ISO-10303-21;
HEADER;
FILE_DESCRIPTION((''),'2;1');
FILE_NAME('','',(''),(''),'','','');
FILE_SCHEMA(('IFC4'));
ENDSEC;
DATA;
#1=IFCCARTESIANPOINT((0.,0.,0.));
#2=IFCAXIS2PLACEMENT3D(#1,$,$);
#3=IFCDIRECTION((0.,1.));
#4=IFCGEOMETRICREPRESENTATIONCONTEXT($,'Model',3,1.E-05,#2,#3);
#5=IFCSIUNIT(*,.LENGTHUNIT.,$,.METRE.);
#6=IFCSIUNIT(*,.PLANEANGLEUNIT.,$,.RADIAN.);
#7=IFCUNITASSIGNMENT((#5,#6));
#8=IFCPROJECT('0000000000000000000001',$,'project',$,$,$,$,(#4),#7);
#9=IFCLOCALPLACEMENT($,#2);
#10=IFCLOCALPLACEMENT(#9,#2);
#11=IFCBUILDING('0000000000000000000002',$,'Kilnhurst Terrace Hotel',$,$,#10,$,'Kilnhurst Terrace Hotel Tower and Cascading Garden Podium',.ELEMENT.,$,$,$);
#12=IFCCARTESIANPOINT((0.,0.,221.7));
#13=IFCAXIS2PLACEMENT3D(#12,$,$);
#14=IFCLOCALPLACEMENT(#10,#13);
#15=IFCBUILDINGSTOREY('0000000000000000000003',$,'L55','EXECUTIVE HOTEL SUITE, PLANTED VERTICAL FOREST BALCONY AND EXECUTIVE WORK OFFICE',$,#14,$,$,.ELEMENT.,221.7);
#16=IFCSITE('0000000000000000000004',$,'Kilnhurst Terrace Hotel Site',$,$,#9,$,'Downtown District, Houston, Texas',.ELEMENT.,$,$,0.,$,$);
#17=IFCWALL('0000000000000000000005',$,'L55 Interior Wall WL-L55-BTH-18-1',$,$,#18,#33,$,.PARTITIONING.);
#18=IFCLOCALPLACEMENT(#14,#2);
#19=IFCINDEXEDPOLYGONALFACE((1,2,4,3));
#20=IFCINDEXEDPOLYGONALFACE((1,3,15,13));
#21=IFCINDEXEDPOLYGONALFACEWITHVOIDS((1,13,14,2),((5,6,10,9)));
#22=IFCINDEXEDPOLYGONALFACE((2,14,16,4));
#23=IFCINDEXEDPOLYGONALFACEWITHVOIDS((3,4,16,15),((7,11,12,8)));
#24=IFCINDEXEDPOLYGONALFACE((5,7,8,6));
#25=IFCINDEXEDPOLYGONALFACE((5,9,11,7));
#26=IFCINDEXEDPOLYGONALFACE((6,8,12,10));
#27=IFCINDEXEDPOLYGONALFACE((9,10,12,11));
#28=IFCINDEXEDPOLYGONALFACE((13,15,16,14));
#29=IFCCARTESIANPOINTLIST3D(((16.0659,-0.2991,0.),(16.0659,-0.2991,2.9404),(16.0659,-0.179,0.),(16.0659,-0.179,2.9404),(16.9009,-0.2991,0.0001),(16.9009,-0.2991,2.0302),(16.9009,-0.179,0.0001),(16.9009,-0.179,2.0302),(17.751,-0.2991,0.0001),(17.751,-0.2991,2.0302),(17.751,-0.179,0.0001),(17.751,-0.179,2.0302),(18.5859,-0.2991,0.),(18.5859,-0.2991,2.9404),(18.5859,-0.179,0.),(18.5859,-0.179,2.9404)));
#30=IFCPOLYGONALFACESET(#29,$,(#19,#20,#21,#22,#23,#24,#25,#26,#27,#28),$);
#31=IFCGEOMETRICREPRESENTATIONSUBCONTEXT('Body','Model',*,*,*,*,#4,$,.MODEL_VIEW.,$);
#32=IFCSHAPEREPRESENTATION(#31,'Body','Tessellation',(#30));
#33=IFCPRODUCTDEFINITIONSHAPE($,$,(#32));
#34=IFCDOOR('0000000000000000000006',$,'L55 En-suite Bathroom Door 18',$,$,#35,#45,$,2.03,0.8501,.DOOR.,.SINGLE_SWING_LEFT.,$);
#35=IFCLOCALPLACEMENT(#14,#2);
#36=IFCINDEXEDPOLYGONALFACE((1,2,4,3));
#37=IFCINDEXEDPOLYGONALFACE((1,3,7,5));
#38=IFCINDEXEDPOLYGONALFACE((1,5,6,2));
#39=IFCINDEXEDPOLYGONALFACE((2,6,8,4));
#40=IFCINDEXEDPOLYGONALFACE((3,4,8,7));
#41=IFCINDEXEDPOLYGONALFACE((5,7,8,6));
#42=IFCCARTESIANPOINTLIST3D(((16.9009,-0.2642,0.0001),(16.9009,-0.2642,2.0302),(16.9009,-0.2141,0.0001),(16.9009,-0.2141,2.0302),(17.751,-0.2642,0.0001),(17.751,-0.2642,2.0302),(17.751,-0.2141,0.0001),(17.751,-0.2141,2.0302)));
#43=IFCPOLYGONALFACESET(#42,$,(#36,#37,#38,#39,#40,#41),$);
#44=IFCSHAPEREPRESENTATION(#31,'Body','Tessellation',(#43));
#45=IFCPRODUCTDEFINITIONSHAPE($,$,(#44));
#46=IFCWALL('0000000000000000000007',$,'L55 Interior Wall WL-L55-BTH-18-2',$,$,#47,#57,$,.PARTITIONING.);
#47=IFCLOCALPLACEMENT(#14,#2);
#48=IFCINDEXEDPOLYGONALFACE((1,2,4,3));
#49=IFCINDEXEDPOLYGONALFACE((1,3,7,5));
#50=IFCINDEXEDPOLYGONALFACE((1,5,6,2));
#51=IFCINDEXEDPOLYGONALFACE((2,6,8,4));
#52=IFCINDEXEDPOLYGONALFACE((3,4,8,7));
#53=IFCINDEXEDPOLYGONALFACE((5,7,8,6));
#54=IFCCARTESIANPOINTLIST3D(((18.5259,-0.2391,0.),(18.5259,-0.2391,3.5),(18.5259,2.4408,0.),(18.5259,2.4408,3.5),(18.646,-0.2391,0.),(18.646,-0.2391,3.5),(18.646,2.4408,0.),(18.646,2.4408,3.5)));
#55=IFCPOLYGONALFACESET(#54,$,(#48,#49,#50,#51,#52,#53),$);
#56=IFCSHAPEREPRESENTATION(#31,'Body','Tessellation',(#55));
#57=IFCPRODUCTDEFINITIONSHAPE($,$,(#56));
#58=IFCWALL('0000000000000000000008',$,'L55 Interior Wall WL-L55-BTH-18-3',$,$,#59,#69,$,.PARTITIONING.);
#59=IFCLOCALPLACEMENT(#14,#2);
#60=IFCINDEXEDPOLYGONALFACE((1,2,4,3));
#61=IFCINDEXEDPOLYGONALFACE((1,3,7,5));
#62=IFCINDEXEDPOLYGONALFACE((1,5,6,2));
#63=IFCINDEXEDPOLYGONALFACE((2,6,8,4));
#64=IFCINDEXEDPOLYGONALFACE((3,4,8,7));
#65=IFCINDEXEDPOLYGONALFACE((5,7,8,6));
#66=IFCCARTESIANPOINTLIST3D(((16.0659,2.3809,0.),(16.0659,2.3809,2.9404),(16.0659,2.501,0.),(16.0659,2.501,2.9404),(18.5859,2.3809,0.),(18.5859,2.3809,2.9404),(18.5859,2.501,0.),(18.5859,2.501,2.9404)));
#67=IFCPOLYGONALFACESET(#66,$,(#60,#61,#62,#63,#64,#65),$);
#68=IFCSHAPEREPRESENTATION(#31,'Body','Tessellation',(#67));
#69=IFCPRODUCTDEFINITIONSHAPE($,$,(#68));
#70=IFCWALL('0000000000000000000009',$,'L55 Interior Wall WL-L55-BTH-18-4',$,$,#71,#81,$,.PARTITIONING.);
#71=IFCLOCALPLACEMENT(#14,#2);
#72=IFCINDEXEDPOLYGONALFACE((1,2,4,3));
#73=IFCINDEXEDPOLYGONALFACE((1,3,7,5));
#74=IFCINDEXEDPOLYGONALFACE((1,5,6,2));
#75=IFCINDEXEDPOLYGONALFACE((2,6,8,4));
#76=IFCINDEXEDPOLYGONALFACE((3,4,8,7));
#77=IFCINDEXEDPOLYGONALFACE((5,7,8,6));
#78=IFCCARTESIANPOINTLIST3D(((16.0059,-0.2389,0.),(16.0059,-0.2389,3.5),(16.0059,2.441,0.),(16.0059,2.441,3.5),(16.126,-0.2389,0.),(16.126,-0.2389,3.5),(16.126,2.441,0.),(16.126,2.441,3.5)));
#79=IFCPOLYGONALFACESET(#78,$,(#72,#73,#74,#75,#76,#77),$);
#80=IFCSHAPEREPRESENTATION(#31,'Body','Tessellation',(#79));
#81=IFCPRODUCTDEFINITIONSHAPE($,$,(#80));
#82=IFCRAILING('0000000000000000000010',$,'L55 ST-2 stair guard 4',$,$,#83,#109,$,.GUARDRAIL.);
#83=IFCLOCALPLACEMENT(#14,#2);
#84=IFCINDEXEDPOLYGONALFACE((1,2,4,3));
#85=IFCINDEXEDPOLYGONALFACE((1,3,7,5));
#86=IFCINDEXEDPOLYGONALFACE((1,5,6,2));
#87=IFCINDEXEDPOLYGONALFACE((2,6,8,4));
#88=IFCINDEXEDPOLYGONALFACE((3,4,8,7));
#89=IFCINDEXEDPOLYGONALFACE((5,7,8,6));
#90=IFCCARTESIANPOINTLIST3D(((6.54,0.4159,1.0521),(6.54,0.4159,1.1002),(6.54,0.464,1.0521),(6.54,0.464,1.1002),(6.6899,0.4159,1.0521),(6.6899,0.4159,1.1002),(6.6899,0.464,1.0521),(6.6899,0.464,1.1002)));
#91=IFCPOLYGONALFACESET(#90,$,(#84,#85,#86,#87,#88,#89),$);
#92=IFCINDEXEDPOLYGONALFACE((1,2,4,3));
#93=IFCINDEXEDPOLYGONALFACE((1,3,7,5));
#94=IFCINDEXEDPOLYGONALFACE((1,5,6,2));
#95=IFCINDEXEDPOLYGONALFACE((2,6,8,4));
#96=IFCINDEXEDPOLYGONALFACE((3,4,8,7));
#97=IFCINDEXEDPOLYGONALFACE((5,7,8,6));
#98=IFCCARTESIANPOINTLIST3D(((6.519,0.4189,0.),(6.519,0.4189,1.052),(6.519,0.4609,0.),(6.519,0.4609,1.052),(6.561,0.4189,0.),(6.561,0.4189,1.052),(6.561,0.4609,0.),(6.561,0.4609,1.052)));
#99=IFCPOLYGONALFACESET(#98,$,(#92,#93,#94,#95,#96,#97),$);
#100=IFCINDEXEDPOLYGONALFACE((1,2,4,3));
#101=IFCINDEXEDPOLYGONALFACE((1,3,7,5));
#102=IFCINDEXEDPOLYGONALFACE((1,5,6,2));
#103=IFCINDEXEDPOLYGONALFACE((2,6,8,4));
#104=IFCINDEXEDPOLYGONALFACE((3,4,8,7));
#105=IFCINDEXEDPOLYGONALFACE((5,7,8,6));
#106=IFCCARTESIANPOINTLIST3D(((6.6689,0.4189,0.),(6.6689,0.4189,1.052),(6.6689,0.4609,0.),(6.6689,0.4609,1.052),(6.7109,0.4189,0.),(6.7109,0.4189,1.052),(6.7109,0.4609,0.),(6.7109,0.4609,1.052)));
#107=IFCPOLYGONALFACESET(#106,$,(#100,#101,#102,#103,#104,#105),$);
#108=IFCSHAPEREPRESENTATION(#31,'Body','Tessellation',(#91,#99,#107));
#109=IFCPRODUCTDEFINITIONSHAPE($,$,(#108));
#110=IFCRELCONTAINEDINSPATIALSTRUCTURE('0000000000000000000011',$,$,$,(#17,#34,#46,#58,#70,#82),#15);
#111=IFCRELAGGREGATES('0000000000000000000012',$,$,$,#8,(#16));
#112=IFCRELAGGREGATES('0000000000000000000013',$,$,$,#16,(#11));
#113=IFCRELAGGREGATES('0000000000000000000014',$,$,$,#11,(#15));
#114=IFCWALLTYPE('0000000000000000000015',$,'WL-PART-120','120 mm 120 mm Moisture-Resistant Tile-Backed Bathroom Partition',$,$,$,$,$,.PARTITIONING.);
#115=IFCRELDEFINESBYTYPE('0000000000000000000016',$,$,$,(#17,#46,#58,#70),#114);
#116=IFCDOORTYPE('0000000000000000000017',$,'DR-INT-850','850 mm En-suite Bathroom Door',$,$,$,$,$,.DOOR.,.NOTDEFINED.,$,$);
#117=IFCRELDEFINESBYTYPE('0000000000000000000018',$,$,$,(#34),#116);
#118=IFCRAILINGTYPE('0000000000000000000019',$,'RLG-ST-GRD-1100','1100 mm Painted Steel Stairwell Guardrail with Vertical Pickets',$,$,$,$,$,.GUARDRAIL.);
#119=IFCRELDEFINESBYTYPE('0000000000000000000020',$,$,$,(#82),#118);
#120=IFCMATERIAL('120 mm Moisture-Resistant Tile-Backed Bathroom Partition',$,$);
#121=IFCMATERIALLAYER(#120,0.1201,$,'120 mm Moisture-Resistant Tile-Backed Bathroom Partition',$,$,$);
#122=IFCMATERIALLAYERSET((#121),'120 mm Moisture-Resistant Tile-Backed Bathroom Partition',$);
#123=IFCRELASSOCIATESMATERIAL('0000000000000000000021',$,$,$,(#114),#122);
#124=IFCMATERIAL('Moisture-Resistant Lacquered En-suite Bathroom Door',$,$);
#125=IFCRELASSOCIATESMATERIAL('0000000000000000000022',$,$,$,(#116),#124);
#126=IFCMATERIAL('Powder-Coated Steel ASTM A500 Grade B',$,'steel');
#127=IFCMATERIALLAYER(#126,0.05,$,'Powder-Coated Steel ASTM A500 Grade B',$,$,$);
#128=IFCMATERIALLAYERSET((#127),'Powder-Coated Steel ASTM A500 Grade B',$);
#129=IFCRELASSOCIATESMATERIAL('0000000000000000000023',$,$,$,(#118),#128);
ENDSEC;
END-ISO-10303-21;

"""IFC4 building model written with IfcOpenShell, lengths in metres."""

from ifc_helpers import new_model, si_unit, direction, frame, frame_2d, origin, origin_2d, place, context, subcontext, project, spatial, rectangle, extrude, material, layer, layer_set, type_object, element, fill, save


model = new_model("IFC4")

# Units and contexts
model_context = context("Model", 3, precision=1e-05, world=origin(), true_north=direction((0.0, 1.0)))
body_context = subcontext(model_context, "Body", "Model", "MODEL_VIEW")
ifc_project = project(units=[si_unit("LENGTHUNIT", "METRE"), si_unit("PLANEANGLEUNIT", "RADIAN")], contexts=[model_context])

# Site, building, storey
site_placement = place(None, origin())
site = spatial("IfcSite", under=ifc_project, at=site_placement, Name="Kilnhurst Terrace Hotel Site", LongName="Downtown District, Houston, Texas", CompositionType="ELEMENT", RefElevation=0.0)
building_placement = place(site_placement, origin())
building = spatial("IfcBuilding", under=site, at=building_placement, Name="Kilnhurst Terrace Hotel", LongName="Kilnhurst Terrace Hotel Tower and Cascading Garden Podium", CompositionType="ELEMENT")
storey_placement = place(building_placement, frame((0.0, 0.0, 221.7)))
storey = spatial("IfcBuildingStorey", under=building, at=storey_placement, Name="L55", Description="EXECUTIVE HOTEL SUITE, PLANTED VERTICAL FOREST BALCONY AND EXECUTIVE WORK OFFICE", CompositionType="ELEMENT", Elevation=221.7)

# Shared definitions
ifc_material_1 = material(Name="120 mm Moisture-Resistant Tile-Backed Bathroom Partition")
ifc_layer_1 = layer(ifc_material_1, 0.1201, Name="120 mm Moisture-Resistant Tile-Backed Bathroom Partition")
ifc_layer_set_1 = layer_set([ifc_layer_1], Name="120 mm Moisture-Resistant Tile-Backed Bathroom Partition")
wall_type_1 = type_object("IfcWallType", Name="WL-PART-120", Description="120 mm 120 mm Moisture-Resistant Tile-Backed Bathroom Partition", PredefinedType="PARTITIONING", material=ifc_layer_set_1)
ifc_material_2 = material(Name="Moisture-Resistant Lacquered En-suite Bathroom Door")
door_type = type_object("IfcDoorType", Name="DR-INT-850", Description="850 mm En-suite Bathroom Door", OperationType="NOTDEFINED", PredefinedType="DOOR", material=ifc_material_2)

# Wall, opening, door
wall_1_placement = place(storey_placement, frame((16.0659, -0.239, 0.0), z_axis=(0.0, 0.0, 1.0), x_axis=(1.0, 0.0, 0.0)))
wall_1 = element("IfcWall", 1, at=wall_1_placement, inside=storey, type_object=wall_type_1, Name="L55 Interior Wall WL-L55-BTH-18-1", PredefinedType="PARTITIONING", context=body_context, shape_type="SweptSolid", body=[
    extrude(rectangle(XDim=2.52, YDim=0.1201, at=frame_2d((1.26, 0.0))), origin(), (0.0, 0.0, 1.0), 2.9404),
])
opening_1_placement = place(wall_1_placement, frame((0.835, 0.0, 0.0)))
opening_1 = element("IfcOpeningElement", 2, at=opening_1_placement, cuts=wall_1, PredefinedType="OPENING", context=body_context, shape_type="SweptSolid", body=[
    extrude(rectangle(XDim=0.8501, YDim=2.03, at=frame_2d((0.425, 1.0151))), frame((0.0, 0.0701, 0.0), z_axis=(0.0, -1.0, 0.0), x_axis=(1.0, 0.0, 0.0)), (0.0, 0.0, 1.0), 0.1401),
])
door_1_placement = place(opening_1_placement, origin())
door_1 = element("IfcDoor", 3, at=door_1_placement, inside=storey, type_object=door_type, Name="L55 En-suite Bathroom Door 18", OperationType="SINGLE_SWING_LEFT", OverallHeight=2.03, OverallWidth=0.8501, PredefinedType="DOOR", context=body_context, shape_type="SweptSolid", body=[
    extrude(rectangle(XDim=0.8501, YDim=2.03, at=frame_2d((0.425, 1.0151))), frame((0.0, 0.0249, 0.0), z_axis=(0.0, -1.0, 0.0), x_axis=(1.0, 0.0, 0.0)), (0.0, 0.0, 1.0), 0.05),
])
fill(opening_1, door_1)

# Walls
wall_2_placement = place(storey_placement, frame((18.5859, -0.239, 0.0), z_axis=(0.0, 0.0, 1.0), x_axis=(0.0, 1.0, 0.0)))
element("IfcWall", 4, at=wall_2_placement, inside=storey, type_object=wall_type_1, Name="L55 Interior Wall WL-L55-BTH-18-2", PredefinedType="PARTITIONING", context=body_context, shape_type="SweptSolid", body=[
    extrude(rectangle(XDim=2.6799, YDim=0.1201, at=frame_2d((1.3398, 0.0))), origin(), (0.0, 0.0, 1.0), 3.5),
])
wall_3_placement = place(storey_placement, frame((18.5859, 2.4409, 0.0), z_axis=(0.0, 0.0, 1.0), x_axis=(-1.0, 0.0, 0.0)))
element("IfcWall", 5, at=wall_3_placement, inside=storey, type_object=wall_type_1, Name="L55 Interior Wall WL-L55-BTH-18-3", PredefinedType="PARTITIONING", context=body_context, shape_type="SweptSolid", body=[
    extrude(rectangle(XDim=2.52, YDim=0.1201, at=frame_2d((1.26, 0.0))), origin(), (0.0, 0.0, 1.0), 2.9404),
])
wall_4_placement = place(storey_placement, frame((16.0659, 2.4409, 0.0), z_axis=(0.0, 0.0, 1.0), x_axis=(0.0, -1.0, 0.0)))
element("IfcWall", 6, at=wall_4_placement, inside=storey, type_object=wall_type_1, Name="L55 Interior Wall WL-L55-BTH-18-4", PredefinedType="PARTITIONING", context=body_context, shape_type="SweptSolid", body=[
    extrude(rectangle(XDim=2.6799, YDim=0.1201, at=frame_2d((1.3398, 0.0))), origin(), (0.0, 0.0, 1.0), 3.5),
])

# Railing
ifc_material_3 = material(Name="Powder-Coated Steel ASTM A500 Grade B", Category="steel")
ifc_layer_2 = layer(ifc_material_3, 0.05, Name="Powder-Coated Steel ASTM A500 Grade B")
ifc_layer_set_2 = layer_set([ifc_layer_2], Name="Powder-Coated Steel ASTM A500 Grade B")
railing_type = type_object("IfcRailingType", Name="RLG-ST-GRD-1100", Description="1100 mm Painted Steel Stairwell Guardrail with Vertical Pickets", PredefinedType="GUARDRAIL", material=ifc_layer_set_2)
railing_placement = place(storey_placement, frame((6.54, 0.4399, 0.0)))
element("IfcRailing", 7, at=railing_placement, inside=storey, type_object=railing_type, Name="L55 ST-2 stair guard 4", PredefinedType="GUARDRAIL", context=body_context, shape_type="SweptSolid", body=[
    extrude(rectangle(XDim=0.0481, YDim=0.0481, at=origin_2d()), frame((0.0, 0.0, 1.0762), z_axis=(1.0, 0.0, 0.0), x_axis=(0.0, 1.0, 0.0)), (0.0, 0.0, 1.0), 0.1499),
    extrude(rectangle(XDim=0.042, YDim=0.042, at=origin_2d()), origin(), (0.0, 0.0, 1.0), 1.052),
    extrude(rectangle(XDim=0.042, YDim=0.042, at=origin_2d()), frame((0.1499, 0.0, 0.0)), (0.0, 0.0, 1.0), 1.052),
])

save(model, "model.ifc")
